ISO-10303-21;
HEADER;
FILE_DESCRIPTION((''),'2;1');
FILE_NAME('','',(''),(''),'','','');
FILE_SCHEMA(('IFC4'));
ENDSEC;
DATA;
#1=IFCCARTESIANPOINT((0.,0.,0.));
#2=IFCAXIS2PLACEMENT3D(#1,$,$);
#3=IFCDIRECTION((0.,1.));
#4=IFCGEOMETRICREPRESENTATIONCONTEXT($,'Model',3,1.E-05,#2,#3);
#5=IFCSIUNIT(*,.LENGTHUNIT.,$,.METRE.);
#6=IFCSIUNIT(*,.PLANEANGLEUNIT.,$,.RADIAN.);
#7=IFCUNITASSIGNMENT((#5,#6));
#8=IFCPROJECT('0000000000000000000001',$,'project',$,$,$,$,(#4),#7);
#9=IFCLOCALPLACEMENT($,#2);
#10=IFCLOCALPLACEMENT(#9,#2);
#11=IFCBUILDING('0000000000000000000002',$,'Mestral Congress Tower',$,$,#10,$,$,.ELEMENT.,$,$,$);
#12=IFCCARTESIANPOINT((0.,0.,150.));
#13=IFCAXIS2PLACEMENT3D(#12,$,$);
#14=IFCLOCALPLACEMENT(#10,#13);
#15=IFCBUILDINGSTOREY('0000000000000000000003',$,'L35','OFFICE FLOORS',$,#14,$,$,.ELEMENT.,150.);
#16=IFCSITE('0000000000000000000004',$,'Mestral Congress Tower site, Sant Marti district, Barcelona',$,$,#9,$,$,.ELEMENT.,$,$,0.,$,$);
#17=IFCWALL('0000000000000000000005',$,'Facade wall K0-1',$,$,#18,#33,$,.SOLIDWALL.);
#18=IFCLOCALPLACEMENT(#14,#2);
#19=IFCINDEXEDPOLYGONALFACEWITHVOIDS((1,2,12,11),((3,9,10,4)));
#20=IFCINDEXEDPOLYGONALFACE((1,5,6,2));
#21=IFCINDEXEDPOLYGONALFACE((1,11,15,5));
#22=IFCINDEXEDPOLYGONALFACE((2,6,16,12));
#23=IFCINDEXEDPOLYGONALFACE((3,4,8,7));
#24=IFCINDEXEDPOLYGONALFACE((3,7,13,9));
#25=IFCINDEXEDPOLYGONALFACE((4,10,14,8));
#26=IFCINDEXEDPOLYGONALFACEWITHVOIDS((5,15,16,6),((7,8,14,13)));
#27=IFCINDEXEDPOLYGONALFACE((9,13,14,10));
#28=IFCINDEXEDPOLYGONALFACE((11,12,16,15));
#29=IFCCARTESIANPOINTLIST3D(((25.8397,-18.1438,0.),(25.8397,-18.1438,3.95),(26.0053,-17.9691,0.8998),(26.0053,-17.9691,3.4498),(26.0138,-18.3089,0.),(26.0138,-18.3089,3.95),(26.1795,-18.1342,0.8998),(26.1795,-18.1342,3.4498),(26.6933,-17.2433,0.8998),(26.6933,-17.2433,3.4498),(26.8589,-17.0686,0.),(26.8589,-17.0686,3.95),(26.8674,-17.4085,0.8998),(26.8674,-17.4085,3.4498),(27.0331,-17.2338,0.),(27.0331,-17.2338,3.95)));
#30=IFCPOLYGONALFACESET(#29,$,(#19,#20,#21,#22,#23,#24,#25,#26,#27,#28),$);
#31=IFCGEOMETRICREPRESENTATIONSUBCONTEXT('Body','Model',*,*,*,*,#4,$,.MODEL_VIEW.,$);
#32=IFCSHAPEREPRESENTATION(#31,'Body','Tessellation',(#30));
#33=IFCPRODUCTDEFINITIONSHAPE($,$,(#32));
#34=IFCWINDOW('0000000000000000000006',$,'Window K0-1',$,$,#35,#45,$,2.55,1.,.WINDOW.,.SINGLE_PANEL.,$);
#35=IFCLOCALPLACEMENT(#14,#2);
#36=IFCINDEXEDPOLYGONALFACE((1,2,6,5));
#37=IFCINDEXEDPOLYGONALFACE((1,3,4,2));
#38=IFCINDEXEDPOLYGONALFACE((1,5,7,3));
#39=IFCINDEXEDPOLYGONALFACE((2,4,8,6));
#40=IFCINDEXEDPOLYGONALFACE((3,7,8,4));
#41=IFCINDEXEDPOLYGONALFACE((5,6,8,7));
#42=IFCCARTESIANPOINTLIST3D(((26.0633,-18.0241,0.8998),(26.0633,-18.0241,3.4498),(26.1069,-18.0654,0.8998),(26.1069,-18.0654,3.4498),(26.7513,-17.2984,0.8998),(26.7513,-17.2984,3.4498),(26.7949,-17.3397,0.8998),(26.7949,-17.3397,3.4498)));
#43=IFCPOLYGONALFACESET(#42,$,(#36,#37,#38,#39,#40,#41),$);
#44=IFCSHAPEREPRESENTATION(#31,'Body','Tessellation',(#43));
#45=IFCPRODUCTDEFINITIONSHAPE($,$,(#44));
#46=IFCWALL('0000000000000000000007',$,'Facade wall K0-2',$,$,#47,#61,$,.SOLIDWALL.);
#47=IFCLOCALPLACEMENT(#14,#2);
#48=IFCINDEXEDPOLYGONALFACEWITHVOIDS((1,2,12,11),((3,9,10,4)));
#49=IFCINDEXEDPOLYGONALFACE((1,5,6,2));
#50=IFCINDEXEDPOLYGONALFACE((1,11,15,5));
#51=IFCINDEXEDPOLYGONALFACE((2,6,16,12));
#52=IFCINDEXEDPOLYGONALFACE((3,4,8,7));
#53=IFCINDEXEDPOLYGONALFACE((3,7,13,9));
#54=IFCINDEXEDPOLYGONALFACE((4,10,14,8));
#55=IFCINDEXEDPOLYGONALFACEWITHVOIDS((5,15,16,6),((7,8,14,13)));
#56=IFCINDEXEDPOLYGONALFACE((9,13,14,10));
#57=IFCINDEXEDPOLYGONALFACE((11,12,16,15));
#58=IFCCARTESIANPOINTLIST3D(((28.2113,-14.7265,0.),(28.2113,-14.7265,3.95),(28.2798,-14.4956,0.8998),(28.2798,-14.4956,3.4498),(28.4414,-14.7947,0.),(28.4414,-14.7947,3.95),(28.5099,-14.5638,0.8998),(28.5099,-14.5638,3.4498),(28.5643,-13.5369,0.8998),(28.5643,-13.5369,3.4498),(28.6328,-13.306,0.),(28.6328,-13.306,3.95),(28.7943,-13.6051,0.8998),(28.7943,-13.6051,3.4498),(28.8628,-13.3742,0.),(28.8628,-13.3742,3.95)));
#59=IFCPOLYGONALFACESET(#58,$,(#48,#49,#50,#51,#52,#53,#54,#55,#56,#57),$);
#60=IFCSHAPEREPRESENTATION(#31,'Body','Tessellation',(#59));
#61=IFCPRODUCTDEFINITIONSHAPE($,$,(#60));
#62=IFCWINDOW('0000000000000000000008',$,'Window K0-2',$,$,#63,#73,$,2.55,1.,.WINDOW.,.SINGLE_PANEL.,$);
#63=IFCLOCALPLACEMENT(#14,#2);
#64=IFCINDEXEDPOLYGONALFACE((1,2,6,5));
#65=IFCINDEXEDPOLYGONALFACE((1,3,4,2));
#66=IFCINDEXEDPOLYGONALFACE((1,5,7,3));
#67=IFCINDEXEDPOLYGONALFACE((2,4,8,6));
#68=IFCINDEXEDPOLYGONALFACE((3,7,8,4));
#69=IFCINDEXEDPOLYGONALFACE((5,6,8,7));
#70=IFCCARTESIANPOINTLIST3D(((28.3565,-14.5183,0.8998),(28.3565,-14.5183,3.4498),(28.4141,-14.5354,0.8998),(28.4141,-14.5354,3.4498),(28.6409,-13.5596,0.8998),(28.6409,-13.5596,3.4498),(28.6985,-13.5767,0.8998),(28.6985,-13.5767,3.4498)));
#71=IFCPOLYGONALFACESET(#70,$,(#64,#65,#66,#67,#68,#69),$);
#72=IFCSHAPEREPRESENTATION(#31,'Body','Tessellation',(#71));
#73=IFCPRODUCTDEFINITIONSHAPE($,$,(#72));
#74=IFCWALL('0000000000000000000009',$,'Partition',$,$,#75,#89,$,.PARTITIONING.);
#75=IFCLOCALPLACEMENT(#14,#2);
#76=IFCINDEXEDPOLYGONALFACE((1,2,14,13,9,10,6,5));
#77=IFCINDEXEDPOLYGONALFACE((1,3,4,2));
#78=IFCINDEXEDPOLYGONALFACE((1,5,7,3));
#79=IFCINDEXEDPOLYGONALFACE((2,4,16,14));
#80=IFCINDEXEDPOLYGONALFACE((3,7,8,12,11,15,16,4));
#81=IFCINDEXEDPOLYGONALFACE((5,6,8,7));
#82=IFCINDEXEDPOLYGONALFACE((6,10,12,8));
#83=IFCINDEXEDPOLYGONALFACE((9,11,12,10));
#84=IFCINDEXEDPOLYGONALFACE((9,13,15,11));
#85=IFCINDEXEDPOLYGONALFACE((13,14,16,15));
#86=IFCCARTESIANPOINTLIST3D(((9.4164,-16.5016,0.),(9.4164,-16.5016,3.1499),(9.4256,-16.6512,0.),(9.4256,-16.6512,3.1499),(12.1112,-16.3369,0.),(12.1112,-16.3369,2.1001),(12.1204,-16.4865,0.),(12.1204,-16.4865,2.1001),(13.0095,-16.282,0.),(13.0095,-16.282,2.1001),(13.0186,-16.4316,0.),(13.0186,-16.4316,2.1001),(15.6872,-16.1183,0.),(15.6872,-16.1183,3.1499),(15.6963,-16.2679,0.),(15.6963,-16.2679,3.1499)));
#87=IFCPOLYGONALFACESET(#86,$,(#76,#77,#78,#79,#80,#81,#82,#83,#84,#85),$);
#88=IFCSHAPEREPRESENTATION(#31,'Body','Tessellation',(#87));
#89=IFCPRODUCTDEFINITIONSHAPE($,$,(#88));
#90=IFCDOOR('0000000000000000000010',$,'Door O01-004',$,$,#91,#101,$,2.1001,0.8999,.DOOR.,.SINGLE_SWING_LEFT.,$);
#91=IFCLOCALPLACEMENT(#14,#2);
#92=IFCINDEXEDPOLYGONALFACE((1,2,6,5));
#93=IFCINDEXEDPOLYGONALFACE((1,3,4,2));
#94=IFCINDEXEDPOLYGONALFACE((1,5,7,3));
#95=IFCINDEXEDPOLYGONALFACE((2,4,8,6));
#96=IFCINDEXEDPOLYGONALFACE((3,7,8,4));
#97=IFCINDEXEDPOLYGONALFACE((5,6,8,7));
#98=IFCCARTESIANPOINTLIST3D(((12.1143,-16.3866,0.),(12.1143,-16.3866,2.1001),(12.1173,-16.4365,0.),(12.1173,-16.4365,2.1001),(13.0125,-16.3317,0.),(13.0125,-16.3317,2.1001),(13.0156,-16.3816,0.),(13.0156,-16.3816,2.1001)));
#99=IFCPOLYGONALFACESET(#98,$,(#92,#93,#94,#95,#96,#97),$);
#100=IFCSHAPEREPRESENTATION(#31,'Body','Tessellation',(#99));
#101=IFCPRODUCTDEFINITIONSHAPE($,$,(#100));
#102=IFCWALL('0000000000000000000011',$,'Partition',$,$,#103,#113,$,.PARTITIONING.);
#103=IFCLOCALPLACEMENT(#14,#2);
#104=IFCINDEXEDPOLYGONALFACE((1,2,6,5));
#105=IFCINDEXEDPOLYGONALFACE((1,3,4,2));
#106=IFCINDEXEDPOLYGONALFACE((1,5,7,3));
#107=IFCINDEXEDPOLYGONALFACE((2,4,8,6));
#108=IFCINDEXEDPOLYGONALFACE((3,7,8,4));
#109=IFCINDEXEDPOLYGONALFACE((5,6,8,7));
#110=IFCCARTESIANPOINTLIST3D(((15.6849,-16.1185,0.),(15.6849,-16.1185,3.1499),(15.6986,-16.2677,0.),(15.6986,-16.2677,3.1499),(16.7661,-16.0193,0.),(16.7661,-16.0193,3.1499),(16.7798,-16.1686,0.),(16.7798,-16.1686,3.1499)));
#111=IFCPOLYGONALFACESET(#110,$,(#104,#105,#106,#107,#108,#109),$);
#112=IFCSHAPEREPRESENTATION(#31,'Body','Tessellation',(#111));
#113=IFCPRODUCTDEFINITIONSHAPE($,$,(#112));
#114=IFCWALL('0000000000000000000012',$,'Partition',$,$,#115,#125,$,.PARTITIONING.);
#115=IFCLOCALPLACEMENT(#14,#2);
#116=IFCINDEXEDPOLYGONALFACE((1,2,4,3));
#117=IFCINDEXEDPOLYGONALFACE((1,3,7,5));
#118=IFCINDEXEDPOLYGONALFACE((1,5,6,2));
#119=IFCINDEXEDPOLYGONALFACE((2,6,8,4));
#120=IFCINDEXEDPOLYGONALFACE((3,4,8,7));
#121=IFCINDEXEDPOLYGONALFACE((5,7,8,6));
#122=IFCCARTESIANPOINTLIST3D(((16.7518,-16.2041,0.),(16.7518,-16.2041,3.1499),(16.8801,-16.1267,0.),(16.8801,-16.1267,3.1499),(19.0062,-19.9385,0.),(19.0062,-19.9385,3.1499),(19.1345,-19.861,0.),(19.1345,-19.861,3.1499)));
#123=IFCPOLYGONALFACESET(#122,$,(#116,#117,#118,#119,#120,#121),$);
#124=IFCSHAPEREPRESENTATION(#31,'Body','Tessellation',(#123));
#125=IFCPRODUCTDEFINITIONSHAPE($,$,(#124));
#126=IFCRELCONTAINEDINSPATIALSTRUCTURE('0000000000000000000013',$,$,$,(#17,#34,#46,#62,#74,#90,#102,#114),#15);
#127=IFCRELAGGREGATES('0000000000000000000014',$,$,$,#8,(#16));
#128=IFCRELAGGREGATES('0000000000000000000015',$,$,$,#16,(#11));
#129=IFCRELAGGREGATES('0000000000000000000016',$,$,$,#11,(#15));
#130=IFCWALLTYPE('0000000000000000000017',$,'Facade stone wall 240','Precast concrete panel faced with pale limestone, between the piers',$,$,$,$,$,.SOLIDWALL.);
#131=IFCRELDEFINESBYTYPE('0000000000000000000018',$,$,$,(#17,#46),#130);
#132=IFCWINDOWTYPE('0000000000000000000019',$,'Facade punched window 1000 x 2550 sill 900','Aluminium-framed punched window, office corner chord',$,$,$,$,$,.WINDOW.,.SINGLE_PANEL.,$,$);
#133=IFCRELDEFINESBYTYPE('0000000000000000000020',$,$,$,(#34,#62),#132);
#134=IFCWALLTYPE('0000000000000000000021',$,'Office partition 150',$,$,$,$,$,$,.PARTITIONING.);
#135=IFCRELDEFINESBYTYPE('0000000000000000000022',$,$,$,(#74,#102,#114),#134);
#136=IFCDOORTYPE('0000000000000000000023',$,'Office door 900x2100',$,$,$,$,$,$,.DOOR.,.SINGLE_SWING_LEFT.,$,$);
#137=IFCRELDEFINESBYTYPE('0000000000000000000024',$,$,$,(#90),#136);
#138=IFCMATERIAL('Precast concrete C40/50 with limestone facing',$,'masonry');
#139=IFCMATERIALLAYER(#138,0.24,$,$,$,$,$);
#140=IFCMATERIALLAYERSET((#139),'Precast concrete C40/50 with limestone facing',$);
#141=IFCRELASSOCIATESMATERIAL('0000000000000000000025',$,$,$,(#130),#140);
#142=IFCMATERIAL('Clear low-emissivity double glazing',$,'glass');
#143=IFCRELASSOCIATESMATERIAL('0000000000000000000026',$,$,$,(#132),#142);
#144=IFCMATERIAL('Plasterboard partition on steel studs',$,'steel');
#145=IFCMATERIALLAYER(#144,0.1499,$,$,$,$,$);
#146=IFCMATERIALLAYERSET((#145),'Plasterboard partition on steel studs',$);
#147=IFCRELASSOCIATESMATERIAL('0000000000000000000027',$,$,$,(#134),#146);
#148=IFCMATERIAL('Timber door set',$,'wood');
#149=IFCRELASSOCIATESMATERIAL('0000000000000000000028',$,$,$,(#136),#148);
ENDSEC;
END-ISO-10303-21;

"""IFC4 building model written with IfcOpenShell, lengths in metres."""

from ifc_helpers import new_model, si_unit, direction, frame, frame_2d, origin, place, context, subcontext, project, spatial, rectangle, extrude, material, layer, layer_set, type_object, element, fill, save


model = new_model("IFC4")

# Units and contexts
model_context = context("Model", 3, precision=1e-05, world=origin(), true_north=direction((0.0, 1.0)))
body_context = subcontext(model_context, "Body", "Model", "MODEL_VIEW")
ifc_project = project(units=[si_unit("LENGTHUNIT", "METRE"), si_unit("PLANEANGLEUNIT", "RADIAN")], contexts=[model_context])

# Site, building, storey
site_placement = place(None, origin())
site = spatial("IfcSite", under=ifc_project, at=site_placement, Name="Mestral Congress Tower site, Sant Marti district, Barcelona", CompositionType="ELEMENT", RefElevation=0.0)
building_placement = place(site_placement, origin())
building = spatial("IfcBuilding", under=site, at=building_placement, Name="Mestral Congress Tower", CompositionType="ELEMENT")
storey_placement = place(building_placement, frame((0.0, 0.0, 150.0)))
storey = spatial("IfcBuildingStorey", under=building, at=storey_placement, Name="L35", Description="OFFICE FLOORS", CompositionType="ELEMENT", Elevation=150.0)

# Shared definitions
ifc_material_1 = material(Name="Precast concrete C40/50 with limestone facing", Category="masonry")
ifc_layer_1 = layer(ifc_material_1, 0.24)
ifc_layer_set_1 = layer_set([ifc_layer_1], Name="Precast concrete C40/50 with limestone facing")
wall_type_1 = type_object("IfcWallType", Name="Facade stone wall 240", Description="Precast concrete panel faced with pale limestone, between the piers", PredefinedType="SOLIDWALL", material=ifc_layer_set_1)
ifc_material_2 = material(Name="Clear low-emissivity double glazing", Category="glass")

# Walls, openings, windows
window_type_1 = type_object("IfcWindowType", Name="Facade punched window 1000 x 2550 sill 900", Description="Aluminium-framed punched window, office corner chord", PartitioningType="SINGLE_PANEL", PredefinedType="WINDOW", material=ifc_material_2)
wall_1_placement = place(storey_placement, frame((25.9268, -18.2263, 0.0), z_axis=(0.0, 0.0, 1.0), x_axis=(0.687987, 0.725723, 0.0)))
wall_1 = element("IfcWall", 1, at=wall_1_placement, inside=storey, type_object=wall_type_1, Name="Facade wall K0-1", PredefinedType="SOLIDWALL", context=body_context, shape_type="SweptSolid", body=[
    extrude(rectangle(XDim=1.4814, YDim=0.24, at=frame_2d((0.7407, 0.0))), origin(), (0.0, 0.0, 1.0), 3.95),
])
opening_1_placement = place(wall_1_placement, frame((0.2407, 0.0, 0.8999)))
opening_1 = element("IfcOpeningElement", 2, at=opening_1_placement, cuts=wall_1, PredefinedType="OPENING", context=body_context, shape_type="SweptSolid", body=[
    extrude(rectangle(XDim=1.0, YDim=2.55, at=frame_2d((0.5, 1.2749))), frame((0.0, 0.1299, 0.0), z_axis=(0.0, -1.0, 0.0), x_axis=(1.0, 0.0, 0.0)), (0.0, 0.0, 1.0), 0.26),
])
window_1_placement = place(opening_1_placement, origin())
window_1 = element("IfcWindow", 3, at=window_1_placement, inside=storey, type_object=window_type_1, Name="Window K0-1", OverallHeight=2.55, OverallWidth=1.0, PartitioningType="SINGLE_PANEL", PredefinedType="WINDOW", context=body_context, shape_type="SweptSolid", body=[
    extrude(rectangle(XDim=1.0, YDim=2.55, at=frame_2d((0.5, 1.2749))), frame((0.0, 0.04, 0.0), z_axis=(0.0, -1.0, 0.0), x_axis=(1.0, 0.0, 0.0)), (0.0, 0.0, 1.0), 0.0601),
])
fill(opening_1, window_1)
wall_2_placement = place(storey_placement, frame((28.3264, -14.7605, 0.0), z_axis=(0.0, 0.0, 1.0), x_axis=(0.284414, 0.958702, 0.0)))
wall_2 = element("IfcWall", 4, at=wall_2_placement, inside=storey, type_object=wall_type_1, Name="Facade wall K0-2", PredefinedType="SOLIDWALL", context=body_context, shape_type="SweptSolid", body=[
    extrude(rectangle(XDim=1.4817, YDim=0.24, at=frame_2d((0.7407, 0.0))), origin(), (0.0, 0.0, 1.0), 3.95),
])
opening_2_placement = place(wall_2_placement, frame((0.2407, 0.0, 0.8999)))
opening_2 = element("IfcOpeningElement", 5, at=opening_2_placement, cuts=wall_2, PredefinedType="OPENING", context=body_context, shape_type="SweptSolid", body=[
    extrude(rectangle(XDim=1.0, YDim=2.55, at=frame_2d((0.5, 1.2749))), frame((0.0, 0.1299, 0.0), z_axis=(0.0, -1.0, 0.0), x_axis=(1.0, 0.0, 0.0)), (0.0, 0.0, 1.0), 0.26),
])
window_2_placement = place(opening_2_placement, origin())
window_2 = element("IfcWindow", 6, at=window_2_placement, inside=storey, type_object=window_type_1, Name="Window K0-2", OverallHeight=2.55, OverallWidth=1.0, PartitioningType="SINGLE_PANEL", PredefinedType="WINDOW", context=body_context, shape_type="SweptSolid", body=[
    extrude(rectangle(XDim=1.0, YDim=2.55, at=frame_2d((0.5, 1.2749))), frame((0.0, 0.04, 0.0), z_axis=(0.0, -1.0, 0.0), x_axis=(1.0, 0.0, 0.0)), (0.0, 0.0, 1.0), 0.0601),
])
fill(opening_2, window_2)

# Wall, opening, door
ifc_material_3 = material(Name="Plasterboard partition on steel studs", Category="steel")
ifc_layer_2 = layer(ifc_material_3, 0.1499)
ifc_layer_set_2 = layer_set([ifc_layer_2], Name="Plasterboard partition on steel studs")
wall_type_2 = type_object("IfcWallType", Name="Office partition 150", PredefinedType="PARTITIONING", material=ifc_layer_set_2)
wall_3_placement = place(storey_placement, frame((15.6917, -16.1931, 0.0), z_axis=(0.0, 0.0, 1.0), x_axis=(-0.998137, -0.061011, 0.0)))
wall_3 = element("IfcWall", 7, at=wall_3_placement, inside=storey, type_object=wall_type_2, Name="Partition", PredefinedType="PARTITIONING", context=body_context, shape_type="SweptSolid", body=[
    extrude(rectangle(XDim=6.2825, YDim=0.1499, at=frame_2d((3.1411, 0.0))), origin(), (0.0, 0.0, 1.0), 3.1499),
])
opening_3_placement = place(wall_3_placement, frame((2.6826, 0.0, 0.0)))
opening_3 = element("IfcOpeningElement", 8, at=opening_3_placement, cuts=wall_3, PredefinedType="OPENING", context=body_context, shape_type="SweptSolid", body=[
    extrude(rectangle(XDim=0.8999, YDim=2.1001, at=frame_2d((0.45, 1.05))), frame((0.0, 0.085, 0.0), z_axis=(0.0, -1.0, 0.0), x_axis=(1.0, 0.0, 0.0)), (0.0, 0.0, 1.0), 0.1699),
])
ifc_material_4 = material(Name="Timber door set", Category="wood")
door_type = type_object("IfcDoorType", Name="Office door 900x2100", OperationType="SINGLE_SWING_LEFT", PredefinedType="DOOR", material=ifc_material_4)
door_placement = place(opening_3_placement, origin())
door = element("IfcDoor", 9, at=door_placement, inside=storey, type_object=door_type, Name="Door O01-004", OperationType="SINGLE_SWING_LEFT", OverallHeight=2.1001, OverallWidth=0.8999, PredefinedType="DOOR", context=body_context, shape_type="SweptSolid", body=[
    extrude(rectangle(XDim=0.8999, YDim=2.1001, at=frame_2d((0.45, 1.05))), frame((0.0, 0.0249, 0.0), z_axis=(0.0, -1.0, 0.0), x_axis=(1.0, 0.0, 0.0)), (0.0, 0.0, 1.0), 0.05),
])
fill(opening_3, door)

# Walls
wall_4_placement = place(storey_placement, frame((15.6917, -16.1931, 0.0), z_axis=(0.0, 0.0, 1.0), x_axis=(0.995823, 0.091306, 0.0)))
element("IfcWall", 10, at=wall_4_placement, inside=storey, type_object=wall_type_2, Name="Partition", PredefinedType="PARTITIONING", context=body_context, shape_type="SweptSolid", body=[
    extrude(rectangle(XDim=1.0857, YDim=0.1499, at=frame_2d((0.543, 0.0))), origin(), (0.0, 0.0, 1.0), 3.1499),
])
wall_5_placement = place(storey_placement, frame((16.8159, -16.1653, 0.0), z_axis=(0.0, 0.0, 1.0), x_axis=(0.516815, -0.856097, 0.0)))
element("IfcWall", 11, at=wall_5_placement, inside=storey, type_object=wall_type_2, Name="Partition", PredefinedType="PARTITIONING", context=body_context, shape_type="SweptSolid", body=[
    extrude(rectangle(XDim=4.3621, YDim=0.1499, at=frame_2d((2.1812, 0.0))), origin(), (0.0, 0.0, 1.0), 3.1499),
])

save(model, "model.ifc")
